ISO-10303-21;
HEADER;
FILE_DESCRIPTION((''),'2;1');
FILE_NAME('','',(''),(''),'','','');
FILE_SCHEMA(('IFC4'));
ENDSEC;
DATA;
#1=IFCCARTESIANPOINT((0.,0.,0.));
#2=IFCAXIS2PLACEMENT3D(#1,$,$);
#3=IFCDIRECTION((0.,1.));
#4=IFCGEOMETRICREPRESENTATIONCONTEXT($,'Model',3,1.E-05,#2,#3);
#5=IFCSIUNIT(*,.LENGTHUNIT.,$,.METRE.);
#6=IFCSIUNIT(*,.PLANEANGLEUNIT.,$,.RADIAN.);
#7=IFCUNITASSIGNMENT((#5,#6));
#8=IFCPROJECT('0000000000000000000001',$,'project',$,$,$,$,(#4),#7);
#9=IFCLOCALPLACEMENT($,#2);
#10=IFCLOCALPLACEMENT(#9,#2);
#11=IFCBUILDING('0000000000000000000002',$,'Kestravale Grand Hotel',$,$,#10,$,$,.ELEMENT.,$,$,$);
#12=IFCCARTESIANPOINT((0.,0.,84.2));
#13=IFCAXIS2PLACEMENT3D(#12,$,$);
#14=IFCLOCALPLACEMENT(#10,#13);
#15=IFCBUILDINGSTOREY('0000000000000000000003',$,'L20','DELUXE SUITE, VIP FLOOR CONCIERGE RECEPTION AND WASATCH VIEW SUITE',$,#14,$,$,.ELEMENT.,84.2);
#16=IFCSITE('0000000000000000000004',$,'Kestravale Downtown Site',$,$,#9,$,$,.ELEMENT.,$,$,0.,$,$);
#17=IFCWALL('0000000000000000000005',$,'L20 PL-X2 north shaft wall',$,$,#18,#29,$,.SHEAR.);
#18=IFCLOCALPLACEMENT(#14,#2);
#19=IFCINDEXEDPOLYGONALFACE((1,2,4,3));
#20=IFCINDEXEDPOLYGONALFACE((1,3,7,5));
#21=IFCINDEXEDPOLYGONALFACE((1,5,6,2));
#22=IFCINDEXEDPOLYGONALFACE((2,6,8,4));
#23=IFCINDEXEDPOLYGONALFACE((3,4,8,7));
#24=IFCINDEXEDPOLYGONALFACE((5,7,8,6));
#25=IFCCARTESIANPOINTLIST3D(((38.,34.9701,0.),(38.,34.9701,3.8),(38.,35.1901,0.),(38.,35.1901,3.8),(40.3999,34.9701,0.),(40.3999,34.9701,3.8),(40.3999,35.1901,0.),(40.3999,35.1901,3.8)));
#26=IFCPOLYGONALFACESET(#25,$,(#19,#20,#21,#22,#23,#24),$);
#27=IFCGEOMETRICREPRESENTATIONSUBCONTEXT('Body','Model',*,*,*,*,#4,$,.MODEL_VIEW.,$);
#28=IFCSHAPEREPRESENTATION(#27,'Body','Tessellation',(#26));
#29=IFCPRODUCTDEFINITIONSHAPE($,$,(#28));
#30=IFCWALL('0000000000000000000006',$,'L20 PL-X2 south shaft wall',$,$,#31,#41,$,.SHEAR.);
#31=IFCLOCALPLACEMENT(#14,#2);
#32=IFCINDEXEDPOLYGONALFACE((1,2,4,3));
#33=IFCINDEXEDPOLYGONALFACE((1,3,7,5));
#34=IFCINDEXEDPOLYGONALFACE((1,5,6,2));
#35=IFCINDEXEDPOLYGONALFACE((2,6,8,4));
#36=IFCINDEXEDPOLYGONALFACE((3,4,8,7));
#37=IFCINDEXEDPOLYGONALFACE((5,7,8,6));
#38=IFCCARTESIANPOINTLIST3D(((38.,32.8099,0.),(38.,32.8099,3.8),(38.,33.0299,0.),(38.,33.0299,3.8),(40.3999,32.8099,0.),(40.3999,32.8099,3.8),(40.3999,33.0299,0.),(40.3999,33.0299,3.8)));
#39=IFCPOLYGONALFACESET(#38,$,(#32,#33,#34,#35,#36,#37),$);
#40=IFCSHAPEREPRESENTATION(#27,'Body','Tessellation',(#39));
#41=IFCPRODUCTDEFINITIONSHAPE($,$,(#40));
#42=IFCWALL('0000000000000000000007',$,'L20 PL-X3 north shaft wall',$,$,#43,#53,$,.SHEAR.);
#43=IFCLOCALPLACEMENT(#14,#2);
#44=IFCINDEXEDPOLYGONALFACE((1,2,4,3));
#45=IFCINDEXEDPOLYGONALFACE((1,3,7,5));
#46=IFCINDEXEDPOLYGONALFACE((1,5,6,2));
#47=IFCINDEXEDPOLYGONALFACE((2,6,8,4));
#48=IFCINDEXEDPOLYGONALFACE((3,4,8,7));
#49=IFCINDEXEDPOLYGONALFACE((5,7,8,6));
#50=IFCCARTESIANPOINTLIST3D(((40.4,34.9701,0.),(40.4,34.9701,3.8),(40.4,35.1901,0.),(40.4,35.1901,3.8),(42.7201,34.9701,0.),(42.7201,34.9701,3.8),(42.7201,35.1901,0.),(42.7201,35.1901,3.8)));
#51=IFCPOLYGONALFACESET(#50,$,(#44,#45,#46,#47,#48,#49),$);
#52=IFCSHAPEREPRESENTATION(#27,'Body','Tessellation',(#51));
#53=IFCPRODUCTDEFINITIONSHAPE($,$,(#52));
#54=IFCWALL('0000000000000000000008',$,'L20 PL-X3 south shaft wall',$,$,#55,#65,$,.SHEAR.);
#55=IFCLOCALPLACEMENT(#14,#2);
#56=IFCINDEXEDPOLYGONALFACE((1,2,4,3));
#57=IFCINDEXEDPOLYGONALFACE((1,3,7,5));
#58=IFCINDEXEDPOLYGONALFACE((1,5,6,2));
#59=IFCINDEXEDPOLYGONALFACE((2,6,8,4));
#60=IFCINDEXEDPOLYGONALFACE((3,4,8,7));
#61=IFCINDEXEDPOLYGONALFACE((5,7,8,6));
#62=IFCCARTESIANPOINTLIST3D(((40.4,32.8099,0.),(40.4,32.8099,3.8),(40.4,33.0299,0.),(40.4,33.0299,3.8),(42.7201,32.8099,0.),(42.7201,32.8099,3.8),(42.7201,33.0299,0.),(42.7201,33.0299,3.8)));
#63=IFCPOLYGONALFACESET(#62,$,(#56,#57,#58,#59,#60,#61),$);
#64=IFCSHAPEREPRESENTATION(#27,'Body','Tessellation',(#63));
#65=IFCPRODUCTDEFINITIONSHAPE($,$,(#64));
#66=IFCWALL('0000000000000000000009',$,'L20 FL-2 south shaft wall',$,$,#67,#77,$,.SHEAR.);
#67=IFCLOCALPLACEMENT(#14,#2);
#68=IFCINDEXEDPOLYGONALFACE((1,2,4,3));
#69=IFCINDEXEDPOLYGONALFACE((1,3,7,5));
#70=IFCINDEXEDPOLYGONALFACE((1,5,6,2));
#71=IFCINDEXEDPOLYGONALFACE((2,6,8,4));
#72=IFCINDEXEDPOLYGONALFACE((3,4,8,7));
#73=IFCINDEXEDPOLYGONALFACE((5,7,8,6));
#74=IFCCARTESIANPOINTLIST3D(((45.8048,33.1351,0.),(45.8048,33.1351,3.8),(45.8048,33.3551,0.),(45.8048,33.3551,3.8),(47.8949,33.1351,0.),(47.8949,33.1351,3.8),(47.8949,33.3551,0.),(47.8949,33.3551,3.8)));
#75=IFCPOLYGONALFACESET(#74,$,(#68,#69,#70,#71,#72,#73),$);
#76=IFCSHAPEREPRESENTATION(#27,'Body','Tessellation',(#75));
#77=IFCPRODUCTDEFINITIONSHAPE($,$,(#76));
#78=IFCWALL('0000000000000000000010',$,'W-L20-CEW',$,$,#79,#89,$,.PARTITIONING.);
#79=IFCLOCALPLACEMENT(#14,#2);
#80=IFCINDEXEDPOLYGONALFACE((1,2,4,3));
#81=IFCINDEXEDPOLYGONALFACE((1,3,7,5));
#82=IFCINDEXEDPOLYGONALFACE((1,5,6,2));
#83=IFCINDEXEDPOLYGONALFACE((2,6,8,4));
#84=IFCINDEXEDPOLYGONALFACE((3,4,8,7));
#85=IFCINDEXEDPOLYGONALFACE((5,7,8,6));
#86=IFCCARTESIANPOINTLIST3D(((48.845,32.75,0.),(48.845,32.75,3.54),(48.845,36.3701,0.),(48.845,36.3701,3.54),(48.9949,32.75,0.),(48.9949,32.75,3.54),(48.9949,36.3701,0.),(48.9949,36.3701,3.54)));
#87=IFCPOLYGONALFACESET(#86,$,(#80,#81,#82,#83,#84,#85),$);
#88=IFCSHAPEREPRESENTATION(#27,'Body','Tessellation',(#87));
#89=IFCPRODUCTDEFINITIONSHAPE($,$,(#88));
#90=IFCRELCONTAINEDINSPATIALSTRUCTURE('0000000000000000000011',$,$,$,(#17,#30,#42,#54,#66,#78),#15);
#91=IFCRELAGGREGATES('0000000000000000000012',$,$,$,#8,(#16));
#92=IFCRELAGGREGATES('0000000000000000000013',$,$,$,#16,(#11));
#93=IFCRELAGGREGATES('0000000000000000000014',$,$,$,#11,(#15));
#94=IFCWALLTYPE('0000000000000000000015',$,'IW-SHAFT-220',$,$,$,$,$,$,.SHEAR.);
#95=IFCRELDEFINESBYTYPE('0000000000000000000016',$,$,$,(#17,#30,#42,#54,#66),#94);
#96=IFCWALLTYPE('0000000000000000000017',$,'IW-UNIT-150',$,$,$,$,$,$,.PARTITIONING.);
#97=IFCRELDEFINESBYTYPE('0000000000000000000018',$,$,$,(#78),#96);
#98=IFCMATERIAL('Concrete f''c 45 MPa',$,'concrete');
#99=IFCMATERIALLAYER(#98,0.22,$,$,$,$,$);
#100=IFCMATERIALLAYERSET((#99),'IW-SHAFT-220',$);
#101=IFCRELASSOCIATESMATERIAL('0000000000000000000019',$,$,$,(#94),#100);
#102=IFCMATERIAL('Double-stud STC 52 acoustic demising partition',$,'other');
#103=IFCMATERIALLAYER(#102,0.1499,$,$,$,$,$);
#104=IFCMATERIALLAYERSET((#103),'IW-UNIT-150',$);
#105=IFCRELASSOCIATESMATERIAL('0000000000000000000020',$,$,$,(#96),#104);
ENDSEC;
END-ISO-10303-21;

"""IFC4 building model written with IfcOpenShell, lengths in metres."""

from ifc_helpers import new_model, si_unit, direction, frame, frame_2d, origin, place, context, subcontext, project, spatial, rectangle, extrude, material, layer, layer_set, type_object, element, save


model = new_model("IFC4")

# Units and contexts
model_context = context("Model", 3, precision=1e-05, world=origin(), true_north=direction((0.0, 1.0)))
body_context = subcontext(model_context, "Body", "Model", "MODEL_VIEW")
ifc_project = project(units=[si_unit("LENGTHUNIT", "METRE"), si_unit("PLANEANGLEUNIT", "RADIAN")], contexts=[model_context])

# Site, building, storey
site_placement = place(None, origin())
site = spatial("IfcSite", under=ifc_project, at=site_placement, Name="Kestravale Downtown Site", CompositionType="ELEMENT", RefElevation=0.0)
building_placement = place(site_placement, origin())
building = spatial("IfcBuilding", under=site, at=building_placement, Name="Kestravale Grand Hotel", CompositionType="ELEMENT")
storey_placement = place(building_placement, frame((0.0, 0.0, 84.2)))
storey = spatial("IfcBuildingStorey", under=building, at=storey_placement, Name="L20", Description="DELUXE SUITE, VIP FLOOR CONCIERGE RECEPTION AND WASATCH VIEW SUITE", CompositionType="ELEMENT", Elevation=84.2)

# Walls
ifc_material_1 = material(Name="Concrete f'c 45 MPa", Category="concrete")
ifc_layer_1 = layer(ifc_material_1, 0.22)
ifc_layer_set_1 = layer_set([ifc_layer_1], Name="IW-SHAFT-220")
wall_type_1 = type_object("IfcWallType", Name="IW-SHAFT-220", PredefinedType="SHEAR", material=ifc_layer_set_1)
for number, where, z_axis, x_axis, name in (
    (1, (38.0, 35.0801, 0.0), (0.0, 0.0, 1.0), (1.0, 0.0, 0.0), "L20 PL-X2 north shaft wall"),
    (2, (38.0, 32.9199, 0.0), (0.0, 0.0, 1.0), (1.0, 0.0, 0.0), "L20 PL-X2 south shaft wall"),
):
    element("IfcWall", number, at=place(storey_placement, frame(where, z_axis=z_axis, x_axis=x_axis)), inside=storey, type_object=wall_type_1, Name=name, PredefinedType="SHEAR", context=body_context, shape_type="SweptSolid", body=[
        extrude(rectangle(XDim=2.3999, YDim=0.22, at=frame_2d((1.2, 0.0))), origin(), (0.0, 0.0, 1.0), 3.8),
    ])
for number, where, z_axis, x_axis, name in (
    (3, (40.3999, 35.0801, 0.0), (0.0, 0.0, 1.0), (1.0, 0.0, 0.0), "L20 PL-X3 north shaft wall"),
    (4, (40.3999, 32.9199, 0.0), (0.0, 0.0, 1.0), (1.0, 0.0, 0.0), "L20 PL-X3 south shaft wall"),
):
    element("IfcWall", number, at=place(storey_placement, frame(where, z_axis=z_axis, x_axis=x_axis)), inside=storey, type_object=wall_type_1, Name=name, PredefinedType="SHEAR", context=body_context, shape_type="SweptSolid", body=[
        extrude(rectangle(XDim=2.3201, YDim=0.22, at=frame_2d((1.1602, 0.0))), origin(), (0.0, 0.0, 1.0), 3.8),
    ])
wall_1_placement = place(storey_placement, frame((45.8049, 33.2451, 0.0), z_axis=(0.0, 0.0, 1.0), x_axis=(1.0, 0.0, 0.0)))
element("IfcWall", 5, at=wall_1_placement, inside=storey, type_object=wall_type_1, Name="L20 FL-2 south shaft wall", PredefinedType="SHEAR", context=body_context, shape_type="SweptSolid", body=[
    extrude(rectangle(XDim=2.0901, YDim=0.22, at=frame_2d((1.0449, 0.0))), origin(), (0.0, 0.0, 1.0), 3.8),
])
ifc_material_2 = material(Name="Double-stud STC 52 acoustic demising partition", Category="other")
ifc_layer_2 = layer(ifc_material_2, 0.1499)
ifc_layer_set_2 = layer_set([ifc_layer_2], Name="IW-UNIT-150")
wall_type_2 = type_object("IfcWallType", Name="IW-UNIT-150", PredefinedType="PARTITIONING", material=ifc_layer_set_2)
wall_2_placement = place(storey_placement, frame((48.9199, 32.75, 0.0), z_axis=(0.0, 0.0, 1.0), x_axis=(0.0, 1.0, 0.0)))
element("IfcWall", 6, at=wall_2_placement, inside=storey, type_object=wall_type_2, Name="W-L20-CEW", PredefinedType="PARTITIONING", context=body_context, shape_type="SweptSolid", body=[
    extrude(rectangle(XDim=3.6201, YDim=0.1499, at=frame_2d((1.8101, 0.0))), origin(), (0.0, 0.0, 1.0), 3.54),
])

save(model, "model.ifc")
